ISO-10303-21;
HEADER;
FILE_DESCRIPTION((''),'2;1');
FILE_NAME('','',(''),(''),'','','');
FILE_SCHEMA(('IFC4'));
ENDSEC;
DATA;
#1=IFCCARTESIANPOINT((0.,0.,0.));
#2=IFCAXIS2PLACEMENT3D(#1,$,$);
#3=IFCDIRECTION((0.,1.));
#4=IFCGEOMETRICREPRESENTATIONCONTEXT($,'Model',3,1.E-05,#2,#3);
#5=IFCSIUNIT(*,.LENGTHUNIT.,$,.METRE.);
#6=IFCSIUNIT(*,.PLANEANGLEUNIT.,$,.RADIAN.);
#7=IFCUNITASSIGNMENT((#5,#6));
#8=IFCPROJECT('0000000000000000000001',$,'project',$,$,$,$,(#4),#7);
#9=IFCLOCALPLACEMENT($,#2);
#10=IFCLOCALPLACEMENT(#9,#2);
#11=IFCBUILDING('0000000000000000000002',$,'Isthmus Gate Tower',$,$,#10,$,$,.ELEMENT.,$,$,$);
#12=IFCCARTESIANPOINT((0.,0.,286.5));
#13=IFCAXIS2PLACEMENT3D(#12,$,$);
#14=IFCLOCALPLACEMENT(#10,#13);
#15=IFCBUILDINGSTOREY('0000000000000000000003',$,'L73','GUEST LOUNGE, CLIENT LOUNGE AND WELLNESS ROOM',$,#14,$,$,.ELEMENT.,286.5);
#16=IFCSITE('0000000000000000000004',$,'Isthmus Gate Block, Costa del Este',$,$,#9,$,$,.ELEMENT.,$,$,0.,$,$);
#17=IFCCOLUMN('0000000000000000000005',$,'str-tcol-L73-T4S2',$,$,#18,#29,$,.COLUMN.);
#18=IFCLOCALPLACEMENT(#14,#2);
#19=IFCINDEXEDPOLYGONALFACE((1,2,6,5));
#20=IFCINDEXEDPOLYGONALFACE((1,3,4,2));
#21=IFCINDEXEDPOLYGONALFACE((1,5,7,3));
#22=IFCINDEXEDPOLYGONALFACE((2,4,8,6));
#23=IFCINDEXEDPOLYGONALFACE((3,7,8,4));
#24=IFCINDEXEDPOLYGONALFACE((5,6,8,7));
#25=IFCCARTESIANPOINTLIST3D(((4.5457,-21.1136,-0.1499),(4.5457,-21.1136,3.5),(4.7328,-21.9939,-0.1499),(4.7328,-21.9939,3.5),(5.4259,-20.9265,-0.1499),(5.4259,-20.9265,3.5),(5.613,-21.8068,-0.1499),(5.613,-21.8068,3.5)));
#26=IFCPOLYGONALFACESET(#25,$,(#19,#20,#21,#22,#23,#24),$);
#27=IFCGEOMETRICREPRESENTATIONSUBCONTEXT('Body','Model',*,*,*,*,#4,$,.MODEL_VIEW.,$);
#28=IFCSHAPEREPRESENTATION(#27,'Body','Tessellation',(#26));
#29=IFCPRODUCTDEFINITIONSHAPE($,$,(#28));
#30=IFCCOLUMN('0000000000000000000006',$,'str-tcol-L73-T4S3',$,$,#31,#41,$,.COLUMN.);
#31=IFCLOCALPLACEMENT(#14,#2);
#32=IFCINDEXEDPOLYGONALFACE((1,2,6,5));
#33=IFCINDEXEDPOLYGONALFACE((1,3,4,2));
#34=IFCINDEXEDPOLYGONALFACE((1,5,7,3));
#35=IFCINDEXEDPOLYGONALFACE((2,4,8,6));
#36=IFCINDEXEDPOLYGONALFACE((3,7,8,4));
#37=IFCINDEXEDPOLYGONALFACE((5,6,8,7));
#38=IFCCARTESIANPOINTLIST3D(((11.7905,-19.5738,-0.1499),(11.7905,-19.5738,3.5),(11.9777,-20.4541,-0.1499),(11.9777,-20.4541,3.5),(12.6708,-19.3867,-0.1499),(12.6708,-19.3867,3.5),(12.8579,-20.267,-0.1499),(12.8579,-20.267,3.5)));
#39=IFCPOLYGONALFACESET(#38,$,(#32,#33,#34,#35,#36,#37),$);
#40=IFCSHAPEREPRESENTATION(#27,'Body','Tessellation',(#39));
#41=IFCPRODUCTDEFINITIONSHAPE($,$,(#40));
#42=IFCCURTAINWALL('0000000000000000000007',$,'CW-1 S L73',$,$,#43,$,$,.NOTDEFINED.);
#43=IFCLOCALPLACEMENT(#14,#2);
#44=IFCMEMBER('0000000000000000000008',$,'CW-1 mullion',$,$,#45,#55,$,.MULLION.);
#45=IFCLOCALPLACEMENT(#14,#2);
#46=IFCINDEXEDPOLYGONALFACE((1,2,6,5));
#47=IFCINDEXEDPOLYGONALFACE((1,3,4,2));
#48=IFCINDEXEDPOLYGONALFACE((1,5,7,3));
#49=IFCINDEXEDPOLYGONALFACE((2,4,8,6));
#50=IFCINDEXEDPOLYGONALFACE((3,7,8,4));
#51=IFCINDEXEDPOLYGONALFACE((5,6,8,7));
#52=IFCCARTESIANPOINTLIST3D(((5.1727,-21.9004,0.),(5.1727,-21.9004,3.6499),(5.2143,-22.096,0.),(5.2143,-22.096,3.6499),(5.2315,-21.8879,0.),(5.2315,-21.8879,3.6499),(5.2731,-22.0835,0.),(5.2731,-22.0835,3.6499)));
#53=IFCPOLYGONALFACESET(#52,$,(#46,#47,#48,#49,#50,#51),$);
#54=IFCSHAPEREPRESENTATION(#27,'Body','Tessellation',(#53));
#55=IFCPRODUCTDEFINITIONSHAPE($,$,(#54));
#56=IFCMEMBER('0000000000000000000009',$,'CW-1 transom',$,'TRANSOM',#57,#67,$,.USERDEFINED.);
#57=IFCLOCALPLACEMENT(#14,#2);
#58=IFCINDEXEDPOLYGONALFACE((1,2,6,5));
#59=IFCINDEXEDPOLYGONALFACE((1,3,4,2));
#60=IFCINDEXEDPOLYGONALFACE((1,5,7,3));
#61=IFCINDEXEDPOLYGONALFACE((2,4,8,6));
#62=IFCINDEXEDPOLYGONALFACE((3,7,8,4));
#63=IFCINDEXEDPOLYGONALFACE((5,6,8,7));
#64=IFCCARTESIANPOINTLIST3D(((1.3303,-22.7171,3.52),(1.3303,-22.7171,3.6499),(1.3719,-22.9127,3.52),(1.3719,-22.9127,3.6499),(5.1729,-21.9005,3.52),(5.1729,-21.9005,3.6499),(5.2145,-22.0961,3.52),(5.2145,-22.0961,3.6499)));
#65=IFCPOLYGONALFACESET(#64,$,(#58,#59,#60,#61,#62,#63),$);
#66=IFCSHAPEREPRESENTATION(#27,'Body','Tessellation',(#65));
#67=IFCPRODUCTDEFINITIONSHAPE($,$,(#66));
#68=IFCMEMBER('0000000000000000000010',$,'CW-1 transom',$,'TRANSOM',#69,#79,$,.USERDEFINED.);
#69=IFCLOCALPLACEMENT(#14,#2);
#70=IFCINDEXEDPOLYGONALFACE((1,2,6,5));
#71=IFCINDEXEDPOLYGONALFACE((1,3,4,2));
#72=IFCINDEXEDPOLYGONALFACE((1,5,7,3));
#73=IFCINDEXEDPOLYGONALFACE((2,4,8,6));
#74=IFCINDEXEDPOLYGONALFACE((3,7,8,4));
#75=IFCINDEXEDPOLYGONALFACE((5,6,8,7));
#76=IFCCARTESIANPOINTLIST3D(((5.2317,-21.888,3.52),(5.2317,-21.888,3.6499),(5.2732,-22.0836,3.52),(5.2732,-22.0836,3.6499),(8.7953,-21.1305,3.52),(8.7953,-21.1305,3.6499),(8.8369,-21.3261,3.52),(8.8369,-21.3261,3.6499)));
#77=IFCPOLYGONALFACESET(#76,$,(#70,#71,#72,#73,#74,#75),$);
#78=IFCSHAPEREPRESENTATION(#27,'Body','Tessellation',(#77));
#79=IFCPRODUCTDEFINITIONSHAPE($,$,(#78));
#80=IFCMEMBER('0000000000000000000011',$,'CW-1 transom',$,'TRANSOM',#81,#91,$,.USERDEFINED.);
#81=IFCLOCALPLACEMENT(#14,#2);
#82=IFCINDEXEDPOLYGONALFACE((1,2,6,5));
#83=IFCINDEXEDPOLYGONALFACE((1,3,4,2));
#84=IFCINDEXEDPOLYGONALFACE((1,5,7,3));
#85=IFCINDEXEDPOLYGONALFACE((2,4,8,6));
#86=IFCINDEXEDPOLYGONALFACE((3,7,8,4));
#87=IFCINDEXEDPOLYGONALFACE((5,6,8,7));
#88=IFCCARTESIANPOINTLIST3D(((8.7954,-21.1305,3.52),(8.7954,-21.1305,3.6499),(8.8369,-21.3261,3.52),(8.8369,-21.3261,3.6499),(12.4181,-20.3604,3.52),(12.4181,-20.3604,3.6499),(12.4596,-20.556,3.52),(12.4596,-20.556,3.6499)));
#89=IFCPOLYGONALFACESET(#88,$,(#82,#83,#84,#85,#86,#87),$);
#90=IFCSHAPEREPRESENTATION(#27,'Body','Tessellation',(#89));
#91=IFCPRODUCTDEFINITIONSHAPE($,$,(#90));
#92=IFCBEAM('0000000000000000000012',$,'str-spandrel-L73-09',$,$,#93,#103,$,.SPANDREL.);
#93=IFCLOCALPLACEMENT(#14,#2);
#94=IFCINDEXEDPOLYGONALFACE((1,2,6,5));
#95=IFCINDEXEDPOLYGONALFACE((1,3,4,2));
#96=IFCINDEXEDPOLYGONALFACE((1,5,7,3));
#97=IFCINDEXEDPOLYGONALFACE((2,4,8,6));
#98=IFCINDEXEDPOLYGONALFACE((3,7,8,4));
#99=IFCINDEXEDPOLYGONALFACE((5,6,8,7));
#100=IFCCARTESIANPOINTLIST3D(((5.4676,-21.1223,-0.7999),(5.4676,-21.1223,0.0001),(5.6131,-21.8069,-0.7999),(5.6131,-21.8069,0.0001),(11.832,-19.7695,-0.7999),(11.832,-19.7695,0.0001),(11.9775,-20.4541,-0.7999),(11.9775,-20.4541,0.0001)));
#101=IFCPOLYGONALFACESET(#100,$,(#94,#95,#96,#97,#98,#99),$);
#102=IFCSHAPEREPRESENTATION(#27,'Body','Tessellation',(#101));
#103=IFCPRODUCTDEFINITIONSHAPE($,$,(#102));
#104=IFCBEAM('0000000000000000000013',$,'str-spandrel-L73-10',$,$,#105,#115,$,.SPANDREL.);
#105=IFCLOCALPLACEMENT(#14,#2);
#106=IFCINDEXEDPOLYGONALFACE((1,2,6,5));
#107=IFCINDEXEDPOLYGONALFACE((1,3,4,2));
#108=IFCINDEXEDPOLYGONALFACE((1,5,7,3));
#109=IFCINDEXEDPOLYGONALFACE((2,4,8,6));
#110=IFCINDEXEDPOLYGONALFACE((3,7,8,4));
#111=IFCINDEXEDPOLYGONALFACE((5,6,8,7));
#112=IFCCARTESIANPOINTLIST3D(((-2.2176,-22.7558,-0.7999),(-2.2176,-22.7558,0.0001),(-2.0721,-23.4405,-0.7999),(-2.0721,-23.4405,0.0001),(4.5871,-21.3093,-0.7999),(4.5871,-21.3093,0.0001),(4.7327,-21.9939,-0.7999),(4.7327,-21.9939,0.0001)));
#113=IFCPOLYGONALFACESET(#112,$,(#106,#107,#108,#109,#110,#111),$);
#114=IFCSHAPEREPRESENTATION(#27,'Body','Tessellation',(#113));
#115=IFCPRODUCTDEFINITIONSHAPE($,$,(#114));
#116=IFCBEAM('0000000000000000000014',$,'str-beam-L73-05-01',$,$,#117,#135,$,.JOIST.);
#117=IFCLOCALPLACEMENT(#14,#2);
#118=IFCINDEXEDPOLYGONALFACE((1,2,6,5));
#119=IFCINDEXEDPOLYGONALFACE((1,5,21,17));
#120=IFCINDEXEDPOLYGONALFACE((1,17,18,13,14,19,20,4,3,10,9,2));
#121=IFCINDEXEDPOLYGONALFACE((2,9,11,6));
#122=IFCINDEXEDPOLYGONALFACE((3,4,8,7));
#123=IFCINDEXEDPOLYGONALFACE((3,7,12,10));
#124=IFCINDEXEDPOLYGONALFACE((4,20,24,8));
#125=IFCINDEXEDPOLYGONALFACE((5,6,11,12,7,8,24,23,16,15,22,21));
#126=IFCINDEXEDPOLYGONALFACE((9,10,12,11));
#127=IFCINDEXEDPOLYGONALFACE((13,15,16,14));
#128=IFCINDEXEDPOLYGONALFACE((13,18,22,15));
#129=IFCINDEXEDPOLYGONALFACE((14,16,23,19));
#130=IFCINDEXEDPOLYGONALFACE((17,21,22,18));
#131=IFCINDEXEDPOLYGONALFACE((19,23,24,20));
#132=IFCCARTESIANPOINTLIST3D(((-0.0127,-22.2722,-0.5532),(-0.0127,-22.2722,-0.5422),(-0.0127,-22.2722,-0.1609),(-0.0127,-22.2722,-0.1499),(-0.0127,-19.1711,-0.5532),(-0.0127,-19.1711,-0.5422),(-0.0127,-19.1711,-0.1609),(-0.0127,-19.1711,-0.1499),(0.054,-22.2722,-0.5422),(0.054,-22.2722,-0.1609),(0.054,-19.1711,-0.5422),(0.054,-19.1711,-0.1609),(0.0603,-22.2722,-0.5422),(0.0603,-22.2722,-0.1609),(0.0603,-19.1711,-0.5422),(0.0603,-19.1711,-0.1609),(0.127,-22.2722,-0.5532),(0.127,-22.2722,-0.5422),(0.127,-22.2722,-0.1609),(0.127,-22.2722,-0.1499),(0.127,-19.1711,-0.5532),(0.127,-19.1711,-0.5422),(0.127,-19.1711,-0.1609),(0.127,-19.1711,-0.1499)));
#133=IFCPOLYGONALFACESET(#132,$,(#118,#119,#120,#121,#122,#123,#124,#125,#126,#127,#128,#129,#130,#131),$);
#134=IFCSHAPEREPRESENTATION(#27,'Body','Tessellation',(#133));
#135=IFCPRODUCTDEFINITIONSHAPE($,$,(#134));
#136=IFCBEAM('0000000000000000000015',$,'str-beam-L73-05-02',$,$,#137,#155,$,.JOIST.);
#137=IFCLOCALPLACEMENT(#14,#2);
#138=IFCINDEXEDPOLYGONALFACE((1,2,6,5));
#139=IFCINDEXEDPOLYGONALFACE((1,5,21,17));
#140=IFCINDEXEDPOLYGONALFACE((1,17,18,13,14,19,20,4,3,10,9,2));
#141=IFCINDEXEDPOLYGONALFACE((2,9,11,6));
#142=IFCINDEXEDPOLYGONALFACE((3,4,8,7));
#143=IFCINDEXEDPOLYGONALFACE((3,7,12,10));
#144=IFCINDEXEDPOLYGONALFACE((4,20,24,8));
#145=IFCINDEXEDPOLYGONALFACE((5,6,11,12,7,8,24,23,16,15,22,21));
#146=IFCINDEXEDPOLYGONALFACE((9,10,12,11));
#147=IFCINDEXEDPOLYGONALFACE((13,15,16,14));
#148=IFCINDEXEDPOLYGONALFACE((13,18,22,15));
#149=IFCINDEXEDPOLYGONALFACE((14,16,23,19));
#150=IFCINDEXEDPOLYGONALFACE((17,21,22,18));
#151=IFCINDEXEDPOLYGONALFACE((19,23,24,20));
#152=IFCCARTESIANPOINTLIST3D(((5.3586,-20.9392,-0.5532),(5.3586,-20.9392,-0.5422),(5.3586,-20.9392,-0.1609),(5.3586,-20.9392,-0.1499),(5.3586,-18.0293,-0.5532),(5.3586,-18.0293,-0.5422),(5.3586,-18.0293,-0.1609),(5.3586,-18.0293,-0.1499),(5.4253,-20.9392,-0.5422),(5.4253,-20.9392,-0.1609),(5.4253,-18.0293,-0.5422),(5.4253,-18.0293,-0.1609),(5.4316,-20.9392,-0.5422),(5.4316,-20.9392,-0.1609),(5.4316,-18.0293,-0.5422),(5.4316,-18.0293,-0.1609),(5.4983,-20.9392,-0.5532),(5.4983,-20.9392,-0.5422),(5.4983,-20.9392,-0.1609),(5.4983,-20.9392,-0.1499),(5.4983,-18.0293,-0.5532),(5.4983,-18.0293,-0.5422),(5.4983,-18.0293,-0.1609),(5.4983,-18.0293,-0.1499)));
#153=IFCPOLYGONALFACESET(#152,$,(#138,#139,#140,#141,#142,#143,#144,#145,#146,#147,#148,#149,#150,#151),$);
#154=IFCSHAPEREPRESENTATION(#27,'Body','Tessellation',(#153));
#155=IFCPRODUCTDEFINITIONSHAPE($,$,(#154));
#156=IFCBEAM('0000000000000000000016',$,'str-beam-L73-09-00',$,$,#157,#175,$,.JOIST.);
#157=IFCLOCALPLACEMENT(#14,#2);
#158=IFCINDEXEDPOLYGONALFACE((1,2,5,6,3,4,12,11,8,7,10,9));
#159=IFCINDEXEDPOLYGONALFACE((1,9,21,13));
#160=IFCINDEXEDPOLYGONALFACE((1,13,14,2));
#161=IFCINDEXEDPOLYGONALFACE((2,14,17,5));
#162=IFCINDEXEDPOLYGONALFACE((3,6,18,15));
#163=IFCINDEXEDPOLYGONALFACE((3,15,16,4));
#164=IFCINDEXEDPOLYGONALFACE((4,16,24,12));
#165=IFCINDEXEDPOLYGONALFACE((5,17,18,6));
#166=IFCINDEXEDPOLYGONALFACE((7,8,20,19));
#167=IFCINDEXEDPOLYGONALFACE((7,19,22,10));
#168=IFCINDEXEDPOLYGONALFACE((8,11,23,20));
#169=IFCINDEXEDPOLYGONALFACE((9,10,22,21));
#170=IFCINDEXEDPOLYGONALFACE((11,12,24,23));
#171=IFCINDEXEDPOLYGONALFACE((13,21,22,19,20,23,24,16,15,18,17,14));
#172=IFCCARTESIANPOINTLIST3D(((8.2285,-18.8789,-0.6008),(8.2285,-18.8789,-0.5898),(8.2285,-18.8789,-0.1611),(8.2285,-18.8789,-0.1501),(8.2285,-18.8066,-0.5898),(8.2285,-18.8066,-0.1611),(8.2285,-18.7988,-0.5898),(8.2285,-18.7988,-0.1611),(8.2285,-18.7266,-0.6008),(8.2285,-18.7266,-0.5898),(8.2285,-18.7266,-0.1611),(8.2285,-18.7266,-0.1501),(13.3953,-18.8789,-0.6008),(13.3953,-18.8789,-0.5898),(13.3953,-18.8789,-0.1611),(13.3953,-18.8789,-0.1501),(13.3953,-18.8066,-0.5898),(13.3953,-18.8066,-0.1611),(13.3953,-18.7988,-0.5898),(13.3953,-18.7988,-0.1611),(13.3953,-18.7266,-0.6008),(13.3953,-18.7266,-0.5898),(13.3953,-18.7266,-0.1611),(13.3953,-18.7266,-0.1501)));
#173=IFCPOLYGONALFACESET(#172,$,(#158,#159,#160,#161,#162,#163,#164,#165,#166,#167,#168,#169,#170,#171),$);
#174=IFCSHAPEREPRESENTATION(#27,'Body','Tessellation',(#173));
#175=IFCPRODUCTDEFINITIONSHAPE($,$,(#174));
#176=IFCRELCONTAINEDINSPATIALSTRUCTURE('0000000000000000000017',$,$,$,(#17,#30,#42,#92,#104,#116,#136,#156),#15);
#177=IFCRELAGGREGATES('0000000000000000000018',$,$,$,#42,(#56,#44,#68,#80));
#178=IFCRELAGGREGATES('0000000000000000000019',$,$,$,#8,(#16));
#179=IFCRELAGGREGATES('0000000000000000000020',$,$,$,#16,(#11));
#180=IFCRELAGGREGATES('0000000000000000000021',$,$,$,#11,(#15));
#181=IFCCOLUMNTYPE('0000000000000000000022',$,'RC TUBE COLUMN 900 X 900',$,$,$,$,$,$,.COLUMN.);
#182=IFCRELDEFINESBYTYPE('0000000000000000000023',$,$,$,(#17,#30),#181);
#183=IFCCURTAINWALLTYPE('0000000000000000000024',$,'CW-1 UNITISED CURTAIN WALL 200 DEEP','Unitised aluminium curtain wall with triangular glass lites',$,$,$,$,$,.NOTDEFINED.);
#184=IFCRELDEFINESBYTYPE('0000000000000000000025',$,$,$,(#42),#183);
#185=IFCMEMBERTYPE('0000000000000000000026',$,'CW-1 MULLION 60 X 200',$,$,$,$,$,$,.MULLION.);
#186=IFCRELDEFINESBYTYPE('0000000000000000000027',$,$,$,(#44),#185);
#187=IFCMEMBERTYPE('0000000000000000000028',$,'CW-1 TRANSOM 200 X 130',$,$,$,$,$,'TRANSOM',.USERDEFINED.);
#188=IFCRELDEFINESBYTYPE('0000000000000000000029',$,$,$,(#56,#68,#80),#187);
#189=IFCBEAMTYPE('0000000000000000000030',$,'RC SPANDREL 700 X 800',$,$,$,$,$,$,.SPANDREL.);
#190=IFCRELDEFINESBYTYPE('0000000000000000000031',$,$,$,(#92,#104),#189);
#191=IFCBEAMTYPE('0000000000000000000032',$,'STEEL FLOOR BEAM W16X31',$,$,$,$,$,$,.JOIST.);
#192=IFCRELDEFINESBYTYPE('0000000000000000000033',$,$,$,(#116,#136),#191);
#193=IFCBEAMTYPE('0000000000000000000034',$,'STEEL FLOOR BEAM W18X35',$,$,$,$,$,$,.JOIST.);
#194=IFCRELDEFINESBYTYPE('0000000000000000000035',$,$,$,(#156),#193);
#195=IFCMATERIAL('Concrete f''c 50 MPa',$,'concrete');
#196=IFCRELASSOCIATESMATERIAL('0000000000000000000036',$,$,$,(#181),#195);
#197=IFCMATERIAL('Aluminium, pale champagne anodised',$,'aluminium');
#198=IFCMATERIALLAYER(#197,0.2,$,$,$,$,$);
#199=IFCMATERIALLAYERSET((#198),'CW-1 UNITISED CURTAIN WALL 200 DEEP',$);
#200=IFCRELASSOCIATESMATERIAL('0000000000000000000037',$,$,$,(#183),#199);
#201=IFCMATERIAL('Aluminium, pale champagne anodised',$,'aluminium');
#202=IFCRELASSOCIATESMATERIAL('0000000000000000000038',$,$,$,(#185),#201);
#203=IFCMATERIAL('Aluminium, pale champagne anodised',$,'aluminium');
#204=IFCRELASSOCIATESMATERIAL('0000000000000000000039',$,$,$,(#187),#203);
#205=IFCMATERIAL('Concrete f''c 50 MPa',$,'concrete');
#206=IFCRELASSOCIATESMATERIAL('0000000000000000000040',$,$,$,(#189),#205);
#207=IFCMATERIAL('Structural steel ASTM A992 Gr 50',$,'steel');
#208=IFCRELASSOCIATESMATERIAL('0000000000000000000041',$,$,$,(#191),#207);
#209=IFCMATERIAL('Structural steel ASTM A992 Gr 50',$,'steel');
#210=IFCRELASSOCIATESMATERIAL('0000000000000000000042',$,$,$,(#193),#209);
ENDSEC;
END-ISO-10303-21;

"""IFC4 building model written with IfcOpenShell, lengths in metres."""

from ifc_helpers import new_model, si_unit, direction, frame, origin, origin_2d, place, context, subcontext, project, spatial, rectangle, i_section, extrude, material, layer, layer_set, material_profile, profile_set, type_object, element, aggregate, save


model = new_model("IFC4")

# Units and contexts
model_context = context("Model", 3, precision=1e-05, world=origin(), true_north=direction((0.0, 1.0)))
body_context = subcontext(model_context, "Body", "Model", "MODEL_VIEW")
ifc_project = project(units=[si_unit("LENGTHUNIT", "METRE"), si_unit("PLANEANGLEUNIT", "RADIAN")], contexts=[model_context])

# Site, building, storey
site_placement = place(None, origin())
site = spatial("IfcSite", under=ifc_project, at=site_placement, Name="Isthmus Gate Block, Costa del Este", CompositionType="ELEMENT", RefElevation=0.0)
building_placement = place(site_placement, origin())
building = spatial("IfcBuilding", under=site, at=building_placement, Name="Isthmus Gate Tower", CompositionType="ELEMENT")
storey_placement = place(building_placement, frame((0.0, 0.0, 286.5)))
storey = spatial("IfcBuildingStorey", under=building, at=storey_placement, Name="L73", Description="GUEST LOUNGE, CLIENT LOUNGE AND WELLNESS ROOM", CompositionType="ELEMENT", Elevation=286.5)

# Columns
ifc_material_1 = material(Name="Concrete f'c 50 MPa", Category="concrete")
ifc_material_profile_1 = material_profile(ifc_material_1, rectangle(XDim=0.8999, YDim=0.8999, at=origin_2d()), Name="RC 900X900")
ifc_profile_set_1 = profile_set([ifc_material_profile_1], Name="Concrete f'c 50 MPa")
column_type = type_object("IfcColumnType", Name="RC TUBE COLUMN 900 X 900", PredefinedType="COLUMN", material=ifc_profile_set_1)
for number, where, z_axis, x_axis, name in (
    (1, (5.0793, -21.4602, -0.1499), (0.0, 0.0, 1.0), (0.978148, 0.207912, 0.0), "str-tcol-L73-T4S2"),
    (2, (12.3242, -19.9204, -0.1499), (0.0, 0.0, 1.0), (0.978148, 0.207912, 0.0), "str-tcol-L73-T4S3"),
):
    element("IfcColumn", number, at=place(storey_placement, frame(where, z_axis=z_axis, x_axis=x_axis)), inside=storey, type_object=column_type, Name=name, PredefinedType="COLUMN", context=body_context, shape_type="SweptSolid", body=[
        extrude(rectangle(XDim=0.8999, YDim=0.8999, at=origin_2d()), origin(), (0.0, 0.0, 1.0), 3.6499),
    ])

# Curtain wall, members
ifc_material_2 = material(Name="Aluminium, pale champagne anodised", Category="aluminium")
ifc_layer_1 = layer(ifc_material_2, 0.2)
ifc_layer_set_1 = layer_set([ifc_layer_1], Name="CW-1 UNITISED CURTAIN WALL 200 DEEP")
curtain_wall_type = type_object("IfcCurtainWallType", Name="CW-1 UNITISED CURTAIN WALL 200 DEEP", Description="Unitised aluminium curtain wall with triangular glass lites", PredefinedType="NOTDEFINED", material=ifc_layer_set_1)
curtain_wall_placement = place(storey_placement, origin())
curtain_wall = element("IfcCurtainWall", 3, at=curtain_wall_placement, inside=storey, type_object=curtain_wall_type, Name="CW-1 S L73", PredefinedType="NOTDEFINED")
ifc_material_3 = material(Name="Aluminium, pale champagne anodised", Category="aluminium")
ifc_material_profile_2 = material_profile(ifc_material_3, rectangle(XDim=0.0601, YDim=0.2, at=origin_2d()), Name="60x200")
ifc_profile_set_2 = profile_set([ifc_material_profile_2], Name="Aluminium, pale champagne anodised")
member_type_1 = type_object("IfcMemberType", Name="CW-1 MULLION 60 X 200", PredefinedType="MULLION", material=ifc_profile_set_2)
member_1_placement = place(storey_placement, frame((5.2229, -21.9919, 0.0), z_axis=(0.0, 0.0, 1.0), x_axis=(0.978148, 0.207912, 0.0)))
member_1 = element("IfcMember", 4, at=member_1_placement, type_object=member_type_1, Name="CW-1 mullion", PredefinedType="MULLION", context=body_context, shape_type="SweptSolid", body=[
    extrude(rectangle(XDim=0.0601, YDim=0.2, at=origin_2d()), origin(), (0.0, 0.0, 1.0), 3.6499),
])
ifc_material_4 = material(Name="Aluminium, pale champagne anodised", Category="aluminium")
ifc_material_profile_3 = material_profile(ifc_material_4, rectangle(XDim=0.2, YDim=0.1299, at=origin_2d()), Name="200x130")
ifc_profile_set_3 = profile_set([ifc_material_profile_3], Name="Aluminium, pale champagne anodised")
member_type_2 = type_object("IfcMemberType", Name="CW-1 TRANSOM 200 X 130", ElementType="TRANSOM", PredefinedType="USERDEFINED", material=ifc_profile_set_3)
member_2_placement = place(storey_placement, frame((1.3511, -22.8149, 3.585), z_axis=(0.978153, 0.207886, 0.0), x_axis=(-0.207886, 0.978153, 0.0)))
member_2 = element("IfcMember", 5, at=member_2_placement, type_object=member_type_2, Name="CW-1 transom", ObjectType="TRANSOM", PredefinedType="USERDEFINED", context=body_context, shape_type="SweptSolid", body=[
    extrude(rectangle(XDim=0.2, YDim=0.1299, at=origin_2d()), origin(), (0.0, 0.0, 1.0), 3.9285),
])
member_3_placement = place(storey_placement, frame((5.2524, -21.9858, 3.585), z_axis=(0.978143, 0.207932, 0.0), x_axis=(-0.207932, 0.978143, 0.0)))
member_3 = element("IfcMember", 6, at=member_3_placement, type_object=member_type_2, Name="CW-1 transom", ObjectType="TRANSOM", PredefinedType="USERDEFINED", context=body_context, shape_type="SweptSolid", body=[
    extrude(rectangle(XDim=0.2, YDim=0.1299, at=origin_2d()), origin(), (0.0, 0.0, 1.0), 3.6433),
])
member_4_placement = place(storey_placement, frame((8.8162, -21.2283, 3.585), z_axis=(0.978146, 0.207917, 0.0), x_axis=(-0.207917, 0.978146, 0.0)))
member_4 = element("IfcMember", 7, at=member_4_placement, type_object=member_type_2, Name="CW-1 transom", ObjectType="TRANSOM", PredefinedType="USERDEFINED", context=body_context, shape_type="SweptSolid", body=[
    extrude(rectangle(XDim=0.2, YDim=0.1299, at=origin_2d()), origin(), (0.0, 0.0, 1.0), 3.7036),
])

# Beams
ifc_material_5 = material(Name="Concrete f'c 50 MPa", Category="concrete")
ifc_material_profile_4 = material_profile(ifc_material_5, rectangle(XDim=0.7, YDim=0.8, at=origin_2d()), Name="RC 700X800")
ifc_profile_set_4 = profile_set([ifc_material_profile_4], Name="Concrete f'c 50 MPa")
beam_type_1 = type_object("IfcBeamType", Name="RC SPANDREL 700 X 800", PredefinedType="SPANDREL", material=ifc_profile_set_4)
beam_1_placement = place(storey_placement, frame((11.9048, -20.1118, -0.3999), z_axis=(-0.978149, -0.207907, 0.0), x_axis=(0.207907, -0.978149, 0.0)))
element("IfcBeam", 8, at=beam_1_placement, inside=storey, type_object=beam_type_1, Name="str-spandrel-L73-09", PredefinedType="SPANDREL", context=body_context, shape_type="SweptSolid", body=[
    extrude(rectangle(XDim=0.7, YDim=0.8, at=origin_2d()), origin(), (0.0, 0.0, 1.0), 6.5066),
])
beam_2_placement = place(storey_placement, frame((4.6599, -21.6516, -0.3999), z_axis=(-0.978143, -0.207933, 0.0), x_axis=(0.207933, -0.978143, 0.0)))
element("IfcBeam", 9, at=beam_2_placement, inside=storey, type_object=beam_type_1, Name="str-spandrel-L73-10", PredefinedType="SPANDREL", context=body_context, shape_type="SweptSolid", body=[
    extrude(rectangle(XDim=0.7, YDim=0.8, at=origin_2d()), origin(), (0.0, 0.0, 1.0), 6.9568),
])
ifc_material_6 = material(Name="Structural steel ASTM A992 Gr 50", Category="steel")
ifc_material_profile_5 = material_profile(ifc_material_6, i_section(OverallWidth=0.1396, OverallDepth=0.4033, WebThickness=0.0063, FlangeThickness=0.011, at=origin_2d()), Name="W16X31")
ifc_profile_set_5 = profile_set([ifc_material_profile_5], Name="Structural steel ASTM A992 Gr 50")
beam_type_2 = type_object("IfcBeamType", Name="STEEL FLOOR BEAM W16X31", PredefinedType="JOIST", material=ifc_profile_set_5)
beam_3_placement = place(storey_placement, frame((0.0571, -22.2722, -0.3516), z_axis=(0.0, 1.0, 0.0), x_axis=(-1.0, 0.0, 0.0)))
element("IfcBeam", 10, at=beam_3_placement, inside=storey, type_object=beam_type_2, Name="str-beam-L73-05-01", PredefinedType="JOIST", context=body_context, shape_type="SweptSolid", body=[
    extrude(i_section(OverallWidth=0.1396, OverallDepth=0.4033, WebThickness=0.0063, FlangeThickness=0.011, at=origin_2d()), origin(), (0.0, 0.0, 1.0), 3.1011),
])
beam_4_placement = place(storey_placement, frame((5.4285, -20.9392, -0.3516), z_axis=(0.0, 1.0, 0.0), x_axis=(-1.0, 0.0, 0.0)))
element("IfcBeam", 11, at=beam_4_placement, inside=storey, type_object=beam_type_2, Name="str-beam-L73-05-02", PredefinedType="JOIST", context=body_context, shape_type="SweptSolid", body=[
    extrude(i_section(OverallWidth=0.1396, OverallDepth=0.4033, WebThickness=0.0063, FlangeThickness=0.011, at=origin_2d()), origin(), (0.0, 0.0, 1.0), 2.9099),
])
ifc_material_7 = material(Name="Structural steel ASTM A992 Gr 50", Category="steel")
ifc_material_profile_6 = material_profile(ifc_material_7, i_section(OverallWidth=0.1523, OverallDepth=0.4507, WebThickness=0.0078, FlangeThickness=0.011, at=origin_2d()), Name="W18X35")
ifc_profile_set_6 = profile_set([ifc_material_profile_6], Name="Structural steel ASTM A992 Gr 50")
beam_type_3 = type_object("IfcBeamType", Name="STEEL FLOOR BEAM W18X35", PredefinedType="JOIST", material=ifc_profile_set_6)
for number, where, z_axis, x_axis, name in (
    (12, (8.2285, -18.8027, -0.3755), (1.0, 0.0, 0.0), (0.0, 1.0, 0.0), "str-beam-L73-09-00"),
):
    element("IfcBeam", number, at=place(storey_placement, frame(where, z_axis=z_axis, x_axis=x_axis)), inside=storey, type_object=beam_type_3, Name=name, PredefinedType="JOIST", context=body_context, shape_type="SweptSolid", body=[
        extrude(i_section(OverallWidth=0.1523, OverallDepth=0.4507, WebThickness=0.0078, FlangeThickness=0.011, at=origin_2d()), origin(), (0.0, 0.0, 1.0), 5.1667),
    ])

aggregate(curtain_wall, [member_2, member_1, member_3, member_4])

save(model, "model.ifc")
